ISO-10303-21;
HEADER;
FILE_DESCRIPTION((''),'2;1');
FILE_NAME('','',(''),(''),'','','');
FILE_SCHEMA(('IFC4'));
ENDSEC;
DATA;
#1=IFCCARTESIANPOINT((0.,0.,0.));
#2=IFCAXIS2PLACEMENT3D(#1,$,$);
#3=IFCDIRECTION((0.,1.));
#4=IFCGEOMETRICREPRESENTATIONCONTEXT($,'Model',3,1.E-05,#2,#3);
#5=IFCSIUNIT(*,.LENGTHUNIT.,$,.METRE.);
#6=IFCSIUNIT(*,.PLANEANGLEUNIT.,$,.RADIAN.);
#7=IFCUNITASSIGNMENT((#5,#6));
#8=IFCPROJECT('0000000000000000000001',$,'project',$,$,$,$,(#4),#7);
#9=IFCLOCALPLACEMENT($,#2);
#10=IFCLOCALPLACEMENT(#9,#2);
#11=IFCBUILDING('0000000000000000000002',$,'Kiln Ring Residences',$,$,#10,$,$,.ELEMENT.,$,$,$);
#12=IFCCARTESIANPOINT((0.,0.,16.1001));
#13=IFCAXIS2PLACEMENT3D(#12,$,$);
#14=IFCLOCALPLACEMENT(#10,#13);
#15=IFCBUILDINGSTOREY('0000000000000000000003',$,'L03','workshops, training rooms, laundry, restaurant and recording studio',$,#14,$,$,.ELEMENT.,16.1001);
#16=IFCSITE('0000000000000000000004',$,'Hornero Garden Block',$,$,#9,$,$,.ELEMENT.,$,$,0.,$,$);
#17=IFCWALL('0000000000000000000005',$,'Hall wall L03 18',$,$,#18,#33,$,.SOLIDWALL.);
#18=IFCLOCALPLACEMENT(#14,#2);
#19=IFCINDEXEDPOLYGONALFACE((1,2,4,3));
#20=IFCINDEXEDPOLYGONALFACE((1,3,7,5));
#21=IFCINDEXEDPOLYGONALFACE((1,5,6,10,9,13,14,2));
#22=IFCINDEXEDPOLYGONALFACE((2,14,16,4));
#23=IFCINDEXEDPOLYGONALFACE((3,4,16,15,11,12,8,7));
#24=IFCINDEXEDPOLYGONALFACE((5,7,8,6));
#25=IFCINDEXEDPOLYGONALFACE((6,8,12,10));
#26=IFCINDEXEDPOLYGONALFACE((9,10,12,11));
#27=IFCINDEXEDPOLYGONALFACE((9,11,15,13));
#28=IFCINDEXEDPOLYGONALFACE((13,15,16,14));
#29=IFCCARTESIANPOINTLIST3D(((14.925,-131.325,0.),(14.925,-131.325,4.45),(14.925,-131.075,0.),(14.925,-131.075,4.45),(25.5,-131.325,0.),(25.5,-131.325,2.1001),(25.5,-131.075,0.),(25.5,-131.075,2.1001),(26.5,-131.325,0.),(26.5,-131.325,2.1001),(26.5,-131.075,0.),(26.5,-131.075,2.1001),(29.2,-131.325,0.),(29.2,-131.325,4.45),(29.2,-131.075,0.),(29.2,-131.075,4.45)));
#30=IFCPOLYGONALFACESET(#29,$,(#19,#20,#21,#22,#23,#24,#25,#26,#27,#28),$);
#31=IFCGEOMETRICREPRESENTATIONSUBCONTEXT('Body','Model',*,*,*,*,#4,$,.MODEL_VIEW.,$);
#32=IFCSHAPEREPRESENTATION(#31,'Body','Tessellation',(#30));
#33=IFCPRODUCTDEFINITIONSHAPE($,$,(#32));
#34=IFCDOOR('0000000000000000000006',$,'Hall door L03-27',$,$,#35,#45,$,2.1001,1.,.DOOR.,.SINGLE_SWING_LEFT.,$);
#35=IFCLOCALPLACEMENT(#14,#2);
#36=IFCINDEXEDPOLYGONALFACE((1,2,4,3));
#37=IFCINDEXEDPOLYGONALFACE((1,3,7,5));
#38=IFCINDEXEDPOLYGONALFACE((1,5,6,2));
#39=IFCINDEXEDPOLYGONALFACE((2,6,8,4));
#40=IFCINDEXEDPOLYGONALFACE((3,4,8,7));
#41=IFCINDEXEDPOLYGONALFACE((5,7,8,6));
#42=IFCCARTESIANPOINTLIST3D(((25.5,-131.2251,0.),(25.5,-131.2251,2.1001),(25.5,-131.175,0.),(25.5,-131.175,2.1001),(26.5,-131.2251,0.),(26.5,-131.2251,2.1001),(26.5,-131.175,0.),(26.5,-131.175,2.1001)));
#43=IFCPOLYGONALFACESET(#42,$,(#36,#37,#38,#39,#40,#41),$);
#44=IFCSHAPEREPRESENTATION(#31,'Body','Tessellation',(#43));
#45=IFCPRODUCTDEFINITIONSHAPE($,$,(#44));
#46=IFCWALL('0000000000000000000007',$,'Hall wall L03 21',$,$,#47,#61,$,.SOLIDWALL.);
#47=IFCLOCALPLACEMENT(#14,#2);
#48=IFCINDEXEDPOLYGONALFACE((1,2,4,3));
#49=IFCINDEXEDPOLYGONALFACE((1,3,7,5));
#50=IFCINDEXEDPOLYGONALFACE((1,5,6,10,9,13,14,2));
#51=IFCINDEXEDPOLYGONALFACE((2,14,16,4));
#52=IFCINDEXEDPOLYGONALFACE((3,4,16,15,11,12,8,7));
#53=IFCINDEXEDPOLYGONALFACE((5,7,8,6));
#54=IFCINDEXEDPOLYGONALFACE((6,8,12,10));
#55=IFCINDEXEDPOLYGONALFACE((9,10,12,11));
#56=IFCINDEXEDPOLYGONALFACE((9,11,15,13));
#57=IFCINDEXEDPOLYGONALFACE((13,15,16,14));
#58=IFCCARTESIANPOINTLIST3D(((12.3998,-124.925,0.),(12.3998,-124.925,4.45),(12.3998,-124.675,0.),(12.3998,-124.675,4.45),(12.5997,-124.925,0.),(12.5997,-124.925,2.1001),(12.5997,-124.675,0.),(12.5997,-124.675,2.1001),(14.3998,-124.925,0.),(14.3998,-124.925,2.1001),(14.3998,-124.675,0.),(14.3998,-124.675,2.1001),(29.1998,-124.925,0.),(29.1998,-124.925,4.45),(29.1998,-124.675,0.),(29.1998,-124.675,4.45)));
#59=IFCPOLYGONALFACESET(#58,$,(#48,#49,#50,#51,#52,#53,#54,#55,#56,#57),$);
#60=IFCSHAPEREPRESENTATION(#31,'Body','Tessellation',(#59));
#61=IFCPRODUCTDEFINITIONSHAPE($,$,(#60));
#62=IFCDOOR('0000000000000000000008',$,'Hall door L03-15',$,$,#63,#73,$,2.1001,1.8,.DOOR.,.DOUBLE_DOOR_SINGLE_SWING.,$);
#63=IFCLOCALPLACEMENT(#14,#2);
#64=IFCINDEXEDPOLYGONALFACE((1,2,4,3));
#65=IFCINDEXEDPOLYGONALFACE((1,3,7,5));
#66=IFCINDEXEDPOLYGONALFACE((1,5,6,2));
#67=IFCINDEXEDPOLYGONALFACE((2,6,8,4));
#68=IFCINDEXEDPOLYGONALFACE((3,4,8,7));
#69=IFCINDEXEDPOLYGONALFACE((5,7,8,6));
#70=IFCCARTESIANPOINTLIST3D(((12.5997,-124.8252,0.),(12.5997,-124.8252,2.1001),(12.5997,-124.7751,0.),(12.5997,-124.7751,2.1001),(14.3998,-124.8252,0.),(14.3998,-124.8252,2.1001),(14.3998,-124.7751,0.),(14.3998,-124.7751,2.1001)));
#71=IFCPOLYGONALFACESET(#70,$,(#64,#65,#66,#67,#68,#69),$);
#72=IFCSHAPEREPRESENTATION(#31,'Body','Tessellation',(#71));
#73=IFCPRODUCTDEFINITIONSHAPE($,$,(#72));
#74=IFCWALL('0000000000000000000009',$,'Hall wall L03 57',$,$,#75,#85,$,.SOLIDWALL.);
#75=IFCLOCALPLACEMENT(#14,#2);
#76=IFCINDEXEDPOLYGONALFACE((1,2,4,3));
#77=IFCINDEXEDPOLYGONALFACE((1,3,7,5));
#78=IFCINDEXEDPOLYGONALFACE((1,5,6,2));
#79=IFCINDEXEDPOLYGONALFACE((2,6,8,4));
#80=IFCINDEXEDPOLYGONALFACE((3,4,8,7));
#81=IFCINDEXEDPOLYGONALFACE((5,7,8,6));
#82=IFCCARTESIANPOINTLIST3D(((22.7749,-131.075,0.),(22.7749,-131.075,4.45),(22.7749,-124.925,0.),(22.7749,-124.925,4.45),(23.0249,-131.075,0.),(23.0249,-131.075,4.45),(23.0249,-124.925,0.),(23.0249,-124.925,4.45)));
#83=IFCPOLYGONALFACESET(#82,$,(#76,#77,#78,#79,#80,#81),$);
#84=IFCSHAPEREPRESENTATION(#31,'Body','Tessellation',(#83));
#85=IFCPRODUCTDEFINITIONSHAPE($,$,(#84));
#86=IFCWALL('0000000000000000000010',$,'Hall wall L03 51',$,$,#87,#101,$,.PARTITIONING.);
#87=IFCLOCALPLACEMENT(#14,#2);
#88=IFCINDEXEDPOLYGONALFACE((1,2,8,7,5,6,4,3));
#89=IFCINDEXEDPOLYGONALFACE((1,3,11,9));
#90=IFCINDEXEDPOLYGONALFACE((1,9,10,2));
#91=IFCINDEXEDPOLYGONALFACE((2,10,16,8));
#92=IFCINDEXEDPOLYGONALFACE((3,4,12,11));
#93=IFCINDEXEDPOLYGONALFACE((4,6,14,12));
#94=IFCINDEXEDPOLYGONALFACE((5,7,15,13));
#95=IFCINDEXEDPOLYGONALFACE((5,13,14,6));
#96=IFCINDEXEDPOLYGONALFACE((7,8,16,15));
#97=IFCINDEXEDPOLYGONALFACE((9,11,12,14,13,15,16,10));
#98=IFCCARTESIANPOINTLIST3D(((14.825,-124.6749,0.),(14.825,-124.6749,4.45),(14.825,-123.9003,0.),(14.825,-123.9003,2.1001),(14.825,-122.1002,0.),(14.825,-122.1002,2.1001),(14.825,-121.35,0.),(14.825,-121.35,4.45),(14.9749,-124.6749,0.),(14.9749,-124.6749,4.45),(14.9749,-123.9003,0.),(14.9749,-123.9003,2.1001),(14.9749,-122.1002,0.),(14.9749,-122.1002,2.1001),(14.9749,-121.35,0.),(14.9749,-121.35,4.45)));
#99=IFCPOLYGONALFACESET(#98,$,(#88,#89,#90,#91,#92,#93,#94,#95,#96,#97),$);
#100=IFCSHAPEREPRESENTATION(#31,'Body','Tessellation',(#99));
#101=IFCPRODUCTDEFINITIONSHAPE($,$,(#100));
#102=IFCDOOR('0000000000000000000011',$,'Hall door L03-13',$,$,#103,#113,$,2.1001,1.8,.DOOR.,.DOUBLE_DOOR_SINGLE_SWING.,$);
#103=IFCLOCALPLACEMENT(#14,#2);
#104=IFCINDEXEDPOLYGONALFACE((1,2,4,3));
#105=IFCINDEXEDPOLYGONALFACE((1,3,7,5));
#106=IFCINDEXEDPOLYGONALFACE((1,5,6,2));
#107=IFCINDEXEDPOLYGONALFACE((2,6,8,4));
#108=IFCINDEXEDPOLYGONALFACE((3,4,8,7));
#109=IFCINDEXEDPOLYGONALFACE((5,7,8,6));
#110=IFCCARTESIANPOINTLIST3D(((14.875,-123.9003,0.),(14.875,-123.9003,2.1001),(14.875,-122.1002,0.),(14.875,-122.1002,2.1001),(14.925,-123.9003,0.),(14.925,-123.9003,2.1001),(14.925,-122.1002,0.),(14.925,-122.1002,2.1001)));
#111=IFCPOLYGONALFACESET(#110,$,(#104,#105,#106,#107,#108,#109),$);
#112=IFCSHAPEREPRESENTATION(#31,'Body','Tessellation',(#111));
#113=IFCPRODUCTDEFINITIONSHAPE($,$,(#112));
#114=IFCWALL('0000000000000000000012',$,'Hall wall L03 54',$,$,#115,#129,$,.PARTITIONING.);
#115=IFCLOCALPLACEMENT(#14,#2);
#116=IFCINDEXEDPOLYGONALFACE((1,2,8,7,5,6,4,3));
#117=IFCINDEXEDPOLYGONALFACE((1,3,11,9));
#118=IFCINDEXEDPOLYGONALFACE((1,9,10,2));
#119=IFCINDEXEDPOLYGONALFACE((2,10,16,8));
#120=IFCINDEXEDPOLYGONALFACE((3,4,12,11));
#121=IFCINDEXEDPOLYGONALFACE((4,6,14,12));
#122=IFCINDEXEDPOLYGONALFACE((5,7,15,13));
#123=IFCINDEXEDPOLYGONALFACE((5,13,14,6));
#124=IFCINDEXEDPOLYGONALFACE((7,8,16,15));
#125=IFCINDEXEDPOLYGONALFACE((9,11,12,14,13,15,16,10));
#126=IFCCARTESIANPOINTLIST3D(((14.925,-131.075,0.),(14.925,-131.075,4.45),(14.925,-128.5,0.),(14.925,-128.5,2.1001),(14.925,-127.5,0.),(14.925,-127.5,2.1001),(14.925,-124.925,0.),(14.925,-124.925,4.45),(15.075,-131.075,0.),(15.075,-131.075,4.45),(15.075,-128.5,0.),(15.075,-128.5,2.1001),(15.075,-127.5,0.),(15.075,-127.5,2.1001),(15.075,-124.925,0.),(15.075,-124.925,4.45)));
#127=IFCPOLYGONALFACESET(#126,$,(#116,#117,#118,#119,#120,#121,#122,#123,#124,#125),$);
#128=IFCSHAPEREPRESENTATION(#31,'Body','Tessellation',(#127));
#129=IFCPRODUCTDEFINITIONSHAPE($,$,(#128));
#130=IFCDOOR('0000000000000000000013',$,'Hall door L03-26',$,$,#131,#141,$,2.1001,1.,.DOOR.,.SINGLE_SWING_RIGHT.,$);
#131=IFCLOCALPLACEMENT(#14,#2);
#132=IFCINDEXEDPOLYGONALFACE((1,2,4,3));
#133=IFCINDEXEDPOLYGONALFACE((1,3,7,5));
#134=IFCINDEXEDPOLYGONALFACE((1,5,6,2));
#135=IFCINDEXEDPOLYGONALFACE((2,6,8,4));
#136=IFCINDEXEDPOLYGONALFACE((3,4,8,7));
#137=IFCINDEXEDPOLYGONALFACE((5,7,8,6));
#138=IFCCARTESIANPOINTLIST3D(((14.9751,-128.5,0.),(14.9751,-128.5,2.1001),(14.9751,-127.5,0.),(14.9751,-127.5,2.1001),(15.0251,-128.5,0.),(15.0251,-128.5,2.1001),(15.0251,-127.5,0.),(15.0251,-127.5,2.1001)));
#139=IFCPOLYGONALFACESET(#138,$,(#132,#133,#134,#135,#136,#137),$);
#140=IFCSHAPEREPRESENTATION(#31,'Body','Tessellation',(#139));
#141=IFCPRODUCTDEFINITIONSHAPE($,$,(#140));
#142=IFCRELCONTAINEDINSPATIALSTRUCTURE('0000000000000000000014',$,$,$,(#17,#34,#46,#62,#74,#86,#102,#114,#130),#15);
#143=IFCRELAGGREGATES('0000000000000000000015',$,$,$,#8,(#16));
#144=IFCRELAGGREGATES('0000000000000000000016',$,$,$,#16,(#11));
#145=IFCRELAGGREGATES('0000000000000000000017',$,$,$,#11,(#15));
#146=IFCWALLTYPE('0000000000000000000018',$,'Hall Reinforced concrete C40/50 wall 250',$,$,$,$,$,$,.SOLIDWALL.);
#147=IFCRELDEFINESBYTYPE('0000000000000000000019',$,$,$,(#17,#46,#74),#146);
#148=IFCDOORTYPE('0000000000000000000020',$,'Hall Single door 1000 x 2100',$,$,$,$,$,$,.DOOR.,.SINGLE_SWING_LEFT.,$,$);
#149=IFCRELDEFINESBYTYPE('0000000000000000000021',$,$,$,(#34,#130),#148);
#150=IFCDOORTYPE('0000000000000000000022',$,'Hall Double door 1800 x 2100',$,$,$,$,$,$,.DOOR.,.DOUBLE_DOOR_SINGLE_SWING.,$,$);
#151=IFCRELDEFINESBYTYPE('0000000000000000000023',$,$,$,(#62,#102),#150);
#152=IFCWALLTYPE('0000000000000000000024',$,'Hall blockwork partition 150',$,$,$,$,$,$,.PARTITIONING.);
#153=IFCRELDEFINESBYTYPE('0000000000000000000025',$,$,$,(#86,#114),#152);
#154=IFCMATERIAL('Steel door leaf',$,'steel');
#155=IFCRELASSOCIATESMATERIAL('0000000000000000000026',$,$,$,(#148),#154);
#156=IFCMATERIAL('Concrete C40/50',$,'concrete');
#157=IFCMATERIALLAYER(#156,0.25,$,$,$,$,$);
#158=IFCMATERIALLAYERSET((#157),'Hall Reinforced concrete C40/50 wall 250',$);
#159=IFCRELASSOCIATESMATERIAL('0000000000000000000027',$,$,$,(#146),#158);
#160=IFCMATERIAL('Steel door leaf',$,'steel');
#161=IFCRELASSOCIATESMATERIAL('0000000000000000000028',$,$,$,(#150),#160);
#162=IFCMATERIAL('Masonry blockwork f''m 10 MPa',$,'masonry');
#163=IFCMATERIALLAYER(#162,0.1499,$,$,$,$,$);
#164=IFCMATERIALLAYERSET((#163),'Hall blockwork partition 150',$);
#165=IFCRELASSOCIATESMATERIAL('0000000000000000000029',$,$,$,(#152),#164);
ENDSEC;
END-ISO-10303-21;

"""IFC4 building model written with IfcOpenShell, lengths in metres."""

from ifc_helpers import new_model, si_unit, direction, frame, frame_2d, origin, place, context, subcontext, project, spatial, rectangle, extrude, material, layer, layer_set, type_object, element, fill, save


model = new_model("IFC4")

# Units and contexts
model_context = context("Model", 3, precision=1e-05, world=origin(), true_north=direction((0.0, 1.0)))
body_context = subcontext(model_context, "Body", "Model", "MODEL_VIEW")
ifc_project = project(units=[si_unit("LENGTHUNIT", "METRE"), si_unit("PLANEANGLEUNIT", "RADIAN")], contexts=[model_context])

# Site, building, storey
site_placement = place(None, origin())
site = spatial("IfcSite", under=ifc_project, at=site_placement, Name="Hornero Garden Block", CompositionType="ELEMENT", RefElevation=0.0)
building_placement = place(site_placement, origin())
building = spatial("IfcBuilding", under=site, at=building_placement, Name="Kiln Ring Residences", CompositionType="ELEMENT")
storey_placement = place(building_placement, frame((0.0, 0.0, 16.1001)))
storey = spatial("IfcBuildingStorey", under=building, at=storey_placement, Name="L03", Description="workshops, training rooms, laundry, restaurant and recording studio", CompositionType="ELEMENT", Elevation=16.1001)

# Shared definitions
ifc_material_1 = material(Name="Steel door leaf", Category="steel")
door_type_1 = type_object("IfcDoorType", Name="Hall Single door 1000 x 2100", OperationType="SINGLE_SWING_LEFT", PredefinedType="DOOR", material=ifc_material_1)

# Walls, openings, doors
ifc_material_2 = material(Name="Concrete C40/50", Category="concrete")
ifc_layer_1 = layer(ifc_material_2, 0.25)
ifc_layer_set_1 = layer_set([ifc_layer_1], Name="Hall Reinforced concrete C40/50 wall 250")
wall_type_1 = type_object("IfcWallType", Name="Hall Reinforced concrete C40/50 wall 250", PredefinedType="SOLIDWALL", material=ifc_layer_set_1)
wall_1_placement = place(storey_placement, frame((14.925, -131.2, 0.0), z_axis=(0.0, 0.0, 1.0), x_axis=(1.0, 0.0, 0.0)))
wall_1 = element("IfcWall", 1, at=wall_1_placement, inside=storey, type_object=wall_type_1, Name="Hall wall L03 18", PredefinedType="SOLIDWALL", context=body_context, shape_type="SweptSolid", body=[
    extrude(rectangle(XDim=14.2749, YDim=0.25, at=frame_2d((7.1375, 0.0))), origin(), (0.0, 0.0, 1.0), 4.45),
])
opening_1_placement = place(wall_1_placement, frame((10.575, 0.0, 0.0)))
opening_1 = element("IfcOpeningElement", 2, at=opening_1_placement, cuts=wall_1, PredefinedType="OPENING", context=body_context, shape_type="SweptSolid", body=[
    extrude(rectangle(XDim=1.0, YDim=2.1001, at=frame_2d((0.5, 1.05))), frame((0.0, 0.135, 0.0), z_axis=(0.0, -1.0, 0.0), x_axis=(1.0, 0.0, 0.0)), (0.0, 0.0, 1.0), 0.27),
])
door_1_placement = place(opening_1_placement, origin())
door_1 = element("IfcDoor", 3, at=door_1_placement, inside=storey, type_object=door_type_1, Name="Hall door L03-27", OperationType="SINGLE_SWING_LEFT", OverallHeight=2.1001, OverallWidth=1.0, PredefinedType="DOOR", context=body_context, shape_type="SweptSolid", body=[
    extrude(rectangle(XDim=1.0, YDim=2.1001, at=frame_2d((0.5, 1.05))), frame((0.0, 0.0249, 0.0), z_axis=(0.0, -1.0, 0.0), x_axis=(1.0, 0.0, 0.0)), (0.0, 0.0, 1.0), 0.05),
])
fill(opening_1, door_1)
wall_2_placement = place(storey_placement, frame((12.3999, -124.8, 0.0), z_axis=(0.0, 0.0, 1.0), x_axis=(1.0, 0.0, 0.0)))
wall_2 = element("IfcWall", 4, at=wall_2_placement, inside=storey, type_object=wall_type_1, Name="Hall wall L03 21", PredefinedType="SOLIDWALL", context=body_context, shape_type="SweptSolid", body=[
    extrude(rectangle(XDim=16.8, YDim=0.25, at=frame_2d((8.3999, 0.0))), origin(), (0.0, 0.0, 1.0), 4.45),
])
opening_2_placement = place(wall_2_placement, frame((0.2, 0.0, 0.0)))
opening_2 = element("IfcOpeningElement", 5, at=opening_2_placement, cuts=wall_2, PredefinedType="OPENING", context=body_context, shape_type="SweptSolid", body=[
    extrude(rectangle(XDim=1.8, YDim=2.1001, at=frame_2d((0.8999, 1.05))), frame((0.0, 0.135, 0.0), z_axis=(0.0, -1.0, 0.0), x_axis=(1.0, 0.0, 0.0)), (0.0, 0.0, 1.0), 0.27),
])
ifc_material_3 = material(Name="Steel door leaf", Category="steel")
door_type_2 = type_object("IfcDoorType", Name="Hall Double door 1800 x 2100", OperationType="DOUBLE_DOOR_SINGLE_SWING", PredefinedType="DOOR", material=ifc_material_3)
door_2_placement = place(opening_2_placement, origin())
door_2 = element("IfcDoor", 6, at=door_2_placement, inside=storey, type_object=door_type_2, Name="Hall door L03-15", OperationType="DOUBLE_DOOR_SINGLE_SWING", OverallHeight=2.1001, OverallWidth=1.8, PredefinedType="DOOR", context=body_context, shape_type="SweptSolid", body=[
    extrude(rectangle(XDim=1.8, YDim=2.1001, at=frame_2d((0.8999, 1.05))), frame((0.0, 0.0249, 0.0), z_axis=(0.0, -1.0, 0.0), x_axis=(1.0, 0.0, 0.0)), (0.0, 0.0, 1.0), 0.05),
])
fill(opening_2, door_2)

# Wall
wall_3_placement = place(storey_placement, frame((22.8999, -131.075, 0.0), z_axis=(0.0, 0.0, 1.0), x_axis=(0.0, 1.0, 0.0)))
element("IfcWall", 7, at=wall_3_placement, inside=storey, type_object=wall_type_1, Name="Hall wall L03 57", PredefinedType="SOLIDWALL", context=body_context, shape_type="SweptSolid", body=[
    extrude(rectangle(XDim=6.1499, YDim=0.25, at=frame_2d((3.075, 0.0))), origin(), (0.0, 0.0, 1.0), 4.45),
])

# Walls, openings, doors
ifc_material_4 = material(Name="Masonry blockwork f'm 10 MPa", Category="masonry")
ifc_layer_2 = layer(ifc_material_4, 0.1499)
ifc_layer_set_2 = layer_set([ifc_layer_2], Name="Hall blockwork partition 150")
wall_type_2 = type_object("IfcWallType", Name="Hall blockwork partition 150", PredefinedType="PARTITIONING", material=ifc_layer_set_2)
wall_4_placement = place(storey_placement, frame((14.8999, -124.675, 0.0), z_axis=(0.0, 0.0, 1.0), x_axis=(0.0, 1.0, 0.0)))
wall_4 = element("IfcWall", 8, at=wall_4_placement, inside=storey, type_object=wall_type_2, Name="Hall wall L03 51", PredefinedType="PARTITIONING", context=body_context, shape_type="SweptSolid", body=[
    extrude(rectangle(XDim=3.325, YDim=0.1499, at=frame_2d((1.6626, 0.0))), origin(), (0.0, 0.0, 1.0), 4.45),
])
opening_3_placement = place(wall_4_placement, frame((0.7749, 0.0, 0.0)))
opening_3 = element("IfcOpeningElement", 9, at=opening_3_placement, cuts=wall_4, PredefinedType="OPENING", context=body_context, shape_type="SweptSolid", body=[
    extrude(rectangle(XDim=1.8, YDim=2.1001, at=frame_2d((0.8999, 1.05))), frame((0.0, 0.085, 0.0), z_axis=(0.0, -1.0, 0.0), x_axis=(1.0, 0.0, 0.0)), (0.0, 0.0, 1.0), 0.1699),
])
door_3_placement = place(opening_3_placement, origin())
door_3 = element("IfcDoor", 10, at=door_3_placement, inside=storey, type_object=door_type_2, Name="Hall door L03-13", OperationType="DOUBLE_DOOR_SINGLE_SWING", OverallHeight=2.1001, OverallWidth=1.8, PredefinedType="DOOR", context=body_context, shape_type="SweptSolid", body=[
    extrude(rectangle(XDim=1.8, YDim=2.1001, at=frame_2d((0.8999, 1.05))), frame((0.0, 0.0249, 0.0), z_axis=(0.0, -1.0, 0.0), x_axis=(1.0, 0.0, 0.0)), (0.0, 0.0, 1.0), 0.05),
])
fill(opening_3, door_3)
wall_5_placement = place(storey_placement, frame((15.0, -131.075, 0.0), z_axis=(0.0, 0.0, 1.0), x_axis=(0.0, 1.0, 0.0)))
wall_5 = element("IfcWall", 11, at=wall_5_placement, inside=storey, type_object=wall_type_2, Name="Hall wall L03 54", PredefinedType="PARTITIONING", context=body_context, shape_type="SweptSolid", body=[
    extrude(rectangle(XDim=6.1499, YDim=0.1499, at=frame_2d((3.075, 0.0))), origin(), (0.0, 0.0, 1.0), 4.45),
])
opening_4_placement = place(wall_5_placement, frame((2.575, 0.0, 0.0)))
opening_4 = element("IfcOpeningElement", 12, at=opening_4_placement, cuts=wall_5, PredefinedType="OPENING", context=body_context, shape_type="SweptSolid", body=[
    extrude(rectangle(XDim=1.0, YDim=2.1001, at=frame_2d((0.5, 1.05))), frame((0.0, 0.085, 0.0), z_axis=(0.0, -1.0, 0.0), x_axis=(1.0, 0.0, 0.0)), (0.0, 0.0, 1.0), 0.1699),
])
door_4_placement = place(opening_4_placement, origin())
door_4 = element("IfcDoor", 13, at=door_4_placement, inside=storey, type_object=door_type_1, Name="Hall door L03-26", OperationType="SINGLE_SWING_RIGHT", OverallHeight=2.1001, OverallWidth=1.0, PredefinedType="DOOR", context=body_context, shape_type="SweptSolid", body=[
    extrude(rectangle(XDim=1.0, YDim=2.1001, at=frame_2d((0.5, 1.05))), frame((0.0, 0.0249, 0.0), z_axis=(0.0, -1.0, 0.0), x_axis=(1.0, 0.0, 0.0)), (0.0, 0.0, 1.0), 0.05),
])
fill(opening_4, door_4)

save(model, "model.ifc")
